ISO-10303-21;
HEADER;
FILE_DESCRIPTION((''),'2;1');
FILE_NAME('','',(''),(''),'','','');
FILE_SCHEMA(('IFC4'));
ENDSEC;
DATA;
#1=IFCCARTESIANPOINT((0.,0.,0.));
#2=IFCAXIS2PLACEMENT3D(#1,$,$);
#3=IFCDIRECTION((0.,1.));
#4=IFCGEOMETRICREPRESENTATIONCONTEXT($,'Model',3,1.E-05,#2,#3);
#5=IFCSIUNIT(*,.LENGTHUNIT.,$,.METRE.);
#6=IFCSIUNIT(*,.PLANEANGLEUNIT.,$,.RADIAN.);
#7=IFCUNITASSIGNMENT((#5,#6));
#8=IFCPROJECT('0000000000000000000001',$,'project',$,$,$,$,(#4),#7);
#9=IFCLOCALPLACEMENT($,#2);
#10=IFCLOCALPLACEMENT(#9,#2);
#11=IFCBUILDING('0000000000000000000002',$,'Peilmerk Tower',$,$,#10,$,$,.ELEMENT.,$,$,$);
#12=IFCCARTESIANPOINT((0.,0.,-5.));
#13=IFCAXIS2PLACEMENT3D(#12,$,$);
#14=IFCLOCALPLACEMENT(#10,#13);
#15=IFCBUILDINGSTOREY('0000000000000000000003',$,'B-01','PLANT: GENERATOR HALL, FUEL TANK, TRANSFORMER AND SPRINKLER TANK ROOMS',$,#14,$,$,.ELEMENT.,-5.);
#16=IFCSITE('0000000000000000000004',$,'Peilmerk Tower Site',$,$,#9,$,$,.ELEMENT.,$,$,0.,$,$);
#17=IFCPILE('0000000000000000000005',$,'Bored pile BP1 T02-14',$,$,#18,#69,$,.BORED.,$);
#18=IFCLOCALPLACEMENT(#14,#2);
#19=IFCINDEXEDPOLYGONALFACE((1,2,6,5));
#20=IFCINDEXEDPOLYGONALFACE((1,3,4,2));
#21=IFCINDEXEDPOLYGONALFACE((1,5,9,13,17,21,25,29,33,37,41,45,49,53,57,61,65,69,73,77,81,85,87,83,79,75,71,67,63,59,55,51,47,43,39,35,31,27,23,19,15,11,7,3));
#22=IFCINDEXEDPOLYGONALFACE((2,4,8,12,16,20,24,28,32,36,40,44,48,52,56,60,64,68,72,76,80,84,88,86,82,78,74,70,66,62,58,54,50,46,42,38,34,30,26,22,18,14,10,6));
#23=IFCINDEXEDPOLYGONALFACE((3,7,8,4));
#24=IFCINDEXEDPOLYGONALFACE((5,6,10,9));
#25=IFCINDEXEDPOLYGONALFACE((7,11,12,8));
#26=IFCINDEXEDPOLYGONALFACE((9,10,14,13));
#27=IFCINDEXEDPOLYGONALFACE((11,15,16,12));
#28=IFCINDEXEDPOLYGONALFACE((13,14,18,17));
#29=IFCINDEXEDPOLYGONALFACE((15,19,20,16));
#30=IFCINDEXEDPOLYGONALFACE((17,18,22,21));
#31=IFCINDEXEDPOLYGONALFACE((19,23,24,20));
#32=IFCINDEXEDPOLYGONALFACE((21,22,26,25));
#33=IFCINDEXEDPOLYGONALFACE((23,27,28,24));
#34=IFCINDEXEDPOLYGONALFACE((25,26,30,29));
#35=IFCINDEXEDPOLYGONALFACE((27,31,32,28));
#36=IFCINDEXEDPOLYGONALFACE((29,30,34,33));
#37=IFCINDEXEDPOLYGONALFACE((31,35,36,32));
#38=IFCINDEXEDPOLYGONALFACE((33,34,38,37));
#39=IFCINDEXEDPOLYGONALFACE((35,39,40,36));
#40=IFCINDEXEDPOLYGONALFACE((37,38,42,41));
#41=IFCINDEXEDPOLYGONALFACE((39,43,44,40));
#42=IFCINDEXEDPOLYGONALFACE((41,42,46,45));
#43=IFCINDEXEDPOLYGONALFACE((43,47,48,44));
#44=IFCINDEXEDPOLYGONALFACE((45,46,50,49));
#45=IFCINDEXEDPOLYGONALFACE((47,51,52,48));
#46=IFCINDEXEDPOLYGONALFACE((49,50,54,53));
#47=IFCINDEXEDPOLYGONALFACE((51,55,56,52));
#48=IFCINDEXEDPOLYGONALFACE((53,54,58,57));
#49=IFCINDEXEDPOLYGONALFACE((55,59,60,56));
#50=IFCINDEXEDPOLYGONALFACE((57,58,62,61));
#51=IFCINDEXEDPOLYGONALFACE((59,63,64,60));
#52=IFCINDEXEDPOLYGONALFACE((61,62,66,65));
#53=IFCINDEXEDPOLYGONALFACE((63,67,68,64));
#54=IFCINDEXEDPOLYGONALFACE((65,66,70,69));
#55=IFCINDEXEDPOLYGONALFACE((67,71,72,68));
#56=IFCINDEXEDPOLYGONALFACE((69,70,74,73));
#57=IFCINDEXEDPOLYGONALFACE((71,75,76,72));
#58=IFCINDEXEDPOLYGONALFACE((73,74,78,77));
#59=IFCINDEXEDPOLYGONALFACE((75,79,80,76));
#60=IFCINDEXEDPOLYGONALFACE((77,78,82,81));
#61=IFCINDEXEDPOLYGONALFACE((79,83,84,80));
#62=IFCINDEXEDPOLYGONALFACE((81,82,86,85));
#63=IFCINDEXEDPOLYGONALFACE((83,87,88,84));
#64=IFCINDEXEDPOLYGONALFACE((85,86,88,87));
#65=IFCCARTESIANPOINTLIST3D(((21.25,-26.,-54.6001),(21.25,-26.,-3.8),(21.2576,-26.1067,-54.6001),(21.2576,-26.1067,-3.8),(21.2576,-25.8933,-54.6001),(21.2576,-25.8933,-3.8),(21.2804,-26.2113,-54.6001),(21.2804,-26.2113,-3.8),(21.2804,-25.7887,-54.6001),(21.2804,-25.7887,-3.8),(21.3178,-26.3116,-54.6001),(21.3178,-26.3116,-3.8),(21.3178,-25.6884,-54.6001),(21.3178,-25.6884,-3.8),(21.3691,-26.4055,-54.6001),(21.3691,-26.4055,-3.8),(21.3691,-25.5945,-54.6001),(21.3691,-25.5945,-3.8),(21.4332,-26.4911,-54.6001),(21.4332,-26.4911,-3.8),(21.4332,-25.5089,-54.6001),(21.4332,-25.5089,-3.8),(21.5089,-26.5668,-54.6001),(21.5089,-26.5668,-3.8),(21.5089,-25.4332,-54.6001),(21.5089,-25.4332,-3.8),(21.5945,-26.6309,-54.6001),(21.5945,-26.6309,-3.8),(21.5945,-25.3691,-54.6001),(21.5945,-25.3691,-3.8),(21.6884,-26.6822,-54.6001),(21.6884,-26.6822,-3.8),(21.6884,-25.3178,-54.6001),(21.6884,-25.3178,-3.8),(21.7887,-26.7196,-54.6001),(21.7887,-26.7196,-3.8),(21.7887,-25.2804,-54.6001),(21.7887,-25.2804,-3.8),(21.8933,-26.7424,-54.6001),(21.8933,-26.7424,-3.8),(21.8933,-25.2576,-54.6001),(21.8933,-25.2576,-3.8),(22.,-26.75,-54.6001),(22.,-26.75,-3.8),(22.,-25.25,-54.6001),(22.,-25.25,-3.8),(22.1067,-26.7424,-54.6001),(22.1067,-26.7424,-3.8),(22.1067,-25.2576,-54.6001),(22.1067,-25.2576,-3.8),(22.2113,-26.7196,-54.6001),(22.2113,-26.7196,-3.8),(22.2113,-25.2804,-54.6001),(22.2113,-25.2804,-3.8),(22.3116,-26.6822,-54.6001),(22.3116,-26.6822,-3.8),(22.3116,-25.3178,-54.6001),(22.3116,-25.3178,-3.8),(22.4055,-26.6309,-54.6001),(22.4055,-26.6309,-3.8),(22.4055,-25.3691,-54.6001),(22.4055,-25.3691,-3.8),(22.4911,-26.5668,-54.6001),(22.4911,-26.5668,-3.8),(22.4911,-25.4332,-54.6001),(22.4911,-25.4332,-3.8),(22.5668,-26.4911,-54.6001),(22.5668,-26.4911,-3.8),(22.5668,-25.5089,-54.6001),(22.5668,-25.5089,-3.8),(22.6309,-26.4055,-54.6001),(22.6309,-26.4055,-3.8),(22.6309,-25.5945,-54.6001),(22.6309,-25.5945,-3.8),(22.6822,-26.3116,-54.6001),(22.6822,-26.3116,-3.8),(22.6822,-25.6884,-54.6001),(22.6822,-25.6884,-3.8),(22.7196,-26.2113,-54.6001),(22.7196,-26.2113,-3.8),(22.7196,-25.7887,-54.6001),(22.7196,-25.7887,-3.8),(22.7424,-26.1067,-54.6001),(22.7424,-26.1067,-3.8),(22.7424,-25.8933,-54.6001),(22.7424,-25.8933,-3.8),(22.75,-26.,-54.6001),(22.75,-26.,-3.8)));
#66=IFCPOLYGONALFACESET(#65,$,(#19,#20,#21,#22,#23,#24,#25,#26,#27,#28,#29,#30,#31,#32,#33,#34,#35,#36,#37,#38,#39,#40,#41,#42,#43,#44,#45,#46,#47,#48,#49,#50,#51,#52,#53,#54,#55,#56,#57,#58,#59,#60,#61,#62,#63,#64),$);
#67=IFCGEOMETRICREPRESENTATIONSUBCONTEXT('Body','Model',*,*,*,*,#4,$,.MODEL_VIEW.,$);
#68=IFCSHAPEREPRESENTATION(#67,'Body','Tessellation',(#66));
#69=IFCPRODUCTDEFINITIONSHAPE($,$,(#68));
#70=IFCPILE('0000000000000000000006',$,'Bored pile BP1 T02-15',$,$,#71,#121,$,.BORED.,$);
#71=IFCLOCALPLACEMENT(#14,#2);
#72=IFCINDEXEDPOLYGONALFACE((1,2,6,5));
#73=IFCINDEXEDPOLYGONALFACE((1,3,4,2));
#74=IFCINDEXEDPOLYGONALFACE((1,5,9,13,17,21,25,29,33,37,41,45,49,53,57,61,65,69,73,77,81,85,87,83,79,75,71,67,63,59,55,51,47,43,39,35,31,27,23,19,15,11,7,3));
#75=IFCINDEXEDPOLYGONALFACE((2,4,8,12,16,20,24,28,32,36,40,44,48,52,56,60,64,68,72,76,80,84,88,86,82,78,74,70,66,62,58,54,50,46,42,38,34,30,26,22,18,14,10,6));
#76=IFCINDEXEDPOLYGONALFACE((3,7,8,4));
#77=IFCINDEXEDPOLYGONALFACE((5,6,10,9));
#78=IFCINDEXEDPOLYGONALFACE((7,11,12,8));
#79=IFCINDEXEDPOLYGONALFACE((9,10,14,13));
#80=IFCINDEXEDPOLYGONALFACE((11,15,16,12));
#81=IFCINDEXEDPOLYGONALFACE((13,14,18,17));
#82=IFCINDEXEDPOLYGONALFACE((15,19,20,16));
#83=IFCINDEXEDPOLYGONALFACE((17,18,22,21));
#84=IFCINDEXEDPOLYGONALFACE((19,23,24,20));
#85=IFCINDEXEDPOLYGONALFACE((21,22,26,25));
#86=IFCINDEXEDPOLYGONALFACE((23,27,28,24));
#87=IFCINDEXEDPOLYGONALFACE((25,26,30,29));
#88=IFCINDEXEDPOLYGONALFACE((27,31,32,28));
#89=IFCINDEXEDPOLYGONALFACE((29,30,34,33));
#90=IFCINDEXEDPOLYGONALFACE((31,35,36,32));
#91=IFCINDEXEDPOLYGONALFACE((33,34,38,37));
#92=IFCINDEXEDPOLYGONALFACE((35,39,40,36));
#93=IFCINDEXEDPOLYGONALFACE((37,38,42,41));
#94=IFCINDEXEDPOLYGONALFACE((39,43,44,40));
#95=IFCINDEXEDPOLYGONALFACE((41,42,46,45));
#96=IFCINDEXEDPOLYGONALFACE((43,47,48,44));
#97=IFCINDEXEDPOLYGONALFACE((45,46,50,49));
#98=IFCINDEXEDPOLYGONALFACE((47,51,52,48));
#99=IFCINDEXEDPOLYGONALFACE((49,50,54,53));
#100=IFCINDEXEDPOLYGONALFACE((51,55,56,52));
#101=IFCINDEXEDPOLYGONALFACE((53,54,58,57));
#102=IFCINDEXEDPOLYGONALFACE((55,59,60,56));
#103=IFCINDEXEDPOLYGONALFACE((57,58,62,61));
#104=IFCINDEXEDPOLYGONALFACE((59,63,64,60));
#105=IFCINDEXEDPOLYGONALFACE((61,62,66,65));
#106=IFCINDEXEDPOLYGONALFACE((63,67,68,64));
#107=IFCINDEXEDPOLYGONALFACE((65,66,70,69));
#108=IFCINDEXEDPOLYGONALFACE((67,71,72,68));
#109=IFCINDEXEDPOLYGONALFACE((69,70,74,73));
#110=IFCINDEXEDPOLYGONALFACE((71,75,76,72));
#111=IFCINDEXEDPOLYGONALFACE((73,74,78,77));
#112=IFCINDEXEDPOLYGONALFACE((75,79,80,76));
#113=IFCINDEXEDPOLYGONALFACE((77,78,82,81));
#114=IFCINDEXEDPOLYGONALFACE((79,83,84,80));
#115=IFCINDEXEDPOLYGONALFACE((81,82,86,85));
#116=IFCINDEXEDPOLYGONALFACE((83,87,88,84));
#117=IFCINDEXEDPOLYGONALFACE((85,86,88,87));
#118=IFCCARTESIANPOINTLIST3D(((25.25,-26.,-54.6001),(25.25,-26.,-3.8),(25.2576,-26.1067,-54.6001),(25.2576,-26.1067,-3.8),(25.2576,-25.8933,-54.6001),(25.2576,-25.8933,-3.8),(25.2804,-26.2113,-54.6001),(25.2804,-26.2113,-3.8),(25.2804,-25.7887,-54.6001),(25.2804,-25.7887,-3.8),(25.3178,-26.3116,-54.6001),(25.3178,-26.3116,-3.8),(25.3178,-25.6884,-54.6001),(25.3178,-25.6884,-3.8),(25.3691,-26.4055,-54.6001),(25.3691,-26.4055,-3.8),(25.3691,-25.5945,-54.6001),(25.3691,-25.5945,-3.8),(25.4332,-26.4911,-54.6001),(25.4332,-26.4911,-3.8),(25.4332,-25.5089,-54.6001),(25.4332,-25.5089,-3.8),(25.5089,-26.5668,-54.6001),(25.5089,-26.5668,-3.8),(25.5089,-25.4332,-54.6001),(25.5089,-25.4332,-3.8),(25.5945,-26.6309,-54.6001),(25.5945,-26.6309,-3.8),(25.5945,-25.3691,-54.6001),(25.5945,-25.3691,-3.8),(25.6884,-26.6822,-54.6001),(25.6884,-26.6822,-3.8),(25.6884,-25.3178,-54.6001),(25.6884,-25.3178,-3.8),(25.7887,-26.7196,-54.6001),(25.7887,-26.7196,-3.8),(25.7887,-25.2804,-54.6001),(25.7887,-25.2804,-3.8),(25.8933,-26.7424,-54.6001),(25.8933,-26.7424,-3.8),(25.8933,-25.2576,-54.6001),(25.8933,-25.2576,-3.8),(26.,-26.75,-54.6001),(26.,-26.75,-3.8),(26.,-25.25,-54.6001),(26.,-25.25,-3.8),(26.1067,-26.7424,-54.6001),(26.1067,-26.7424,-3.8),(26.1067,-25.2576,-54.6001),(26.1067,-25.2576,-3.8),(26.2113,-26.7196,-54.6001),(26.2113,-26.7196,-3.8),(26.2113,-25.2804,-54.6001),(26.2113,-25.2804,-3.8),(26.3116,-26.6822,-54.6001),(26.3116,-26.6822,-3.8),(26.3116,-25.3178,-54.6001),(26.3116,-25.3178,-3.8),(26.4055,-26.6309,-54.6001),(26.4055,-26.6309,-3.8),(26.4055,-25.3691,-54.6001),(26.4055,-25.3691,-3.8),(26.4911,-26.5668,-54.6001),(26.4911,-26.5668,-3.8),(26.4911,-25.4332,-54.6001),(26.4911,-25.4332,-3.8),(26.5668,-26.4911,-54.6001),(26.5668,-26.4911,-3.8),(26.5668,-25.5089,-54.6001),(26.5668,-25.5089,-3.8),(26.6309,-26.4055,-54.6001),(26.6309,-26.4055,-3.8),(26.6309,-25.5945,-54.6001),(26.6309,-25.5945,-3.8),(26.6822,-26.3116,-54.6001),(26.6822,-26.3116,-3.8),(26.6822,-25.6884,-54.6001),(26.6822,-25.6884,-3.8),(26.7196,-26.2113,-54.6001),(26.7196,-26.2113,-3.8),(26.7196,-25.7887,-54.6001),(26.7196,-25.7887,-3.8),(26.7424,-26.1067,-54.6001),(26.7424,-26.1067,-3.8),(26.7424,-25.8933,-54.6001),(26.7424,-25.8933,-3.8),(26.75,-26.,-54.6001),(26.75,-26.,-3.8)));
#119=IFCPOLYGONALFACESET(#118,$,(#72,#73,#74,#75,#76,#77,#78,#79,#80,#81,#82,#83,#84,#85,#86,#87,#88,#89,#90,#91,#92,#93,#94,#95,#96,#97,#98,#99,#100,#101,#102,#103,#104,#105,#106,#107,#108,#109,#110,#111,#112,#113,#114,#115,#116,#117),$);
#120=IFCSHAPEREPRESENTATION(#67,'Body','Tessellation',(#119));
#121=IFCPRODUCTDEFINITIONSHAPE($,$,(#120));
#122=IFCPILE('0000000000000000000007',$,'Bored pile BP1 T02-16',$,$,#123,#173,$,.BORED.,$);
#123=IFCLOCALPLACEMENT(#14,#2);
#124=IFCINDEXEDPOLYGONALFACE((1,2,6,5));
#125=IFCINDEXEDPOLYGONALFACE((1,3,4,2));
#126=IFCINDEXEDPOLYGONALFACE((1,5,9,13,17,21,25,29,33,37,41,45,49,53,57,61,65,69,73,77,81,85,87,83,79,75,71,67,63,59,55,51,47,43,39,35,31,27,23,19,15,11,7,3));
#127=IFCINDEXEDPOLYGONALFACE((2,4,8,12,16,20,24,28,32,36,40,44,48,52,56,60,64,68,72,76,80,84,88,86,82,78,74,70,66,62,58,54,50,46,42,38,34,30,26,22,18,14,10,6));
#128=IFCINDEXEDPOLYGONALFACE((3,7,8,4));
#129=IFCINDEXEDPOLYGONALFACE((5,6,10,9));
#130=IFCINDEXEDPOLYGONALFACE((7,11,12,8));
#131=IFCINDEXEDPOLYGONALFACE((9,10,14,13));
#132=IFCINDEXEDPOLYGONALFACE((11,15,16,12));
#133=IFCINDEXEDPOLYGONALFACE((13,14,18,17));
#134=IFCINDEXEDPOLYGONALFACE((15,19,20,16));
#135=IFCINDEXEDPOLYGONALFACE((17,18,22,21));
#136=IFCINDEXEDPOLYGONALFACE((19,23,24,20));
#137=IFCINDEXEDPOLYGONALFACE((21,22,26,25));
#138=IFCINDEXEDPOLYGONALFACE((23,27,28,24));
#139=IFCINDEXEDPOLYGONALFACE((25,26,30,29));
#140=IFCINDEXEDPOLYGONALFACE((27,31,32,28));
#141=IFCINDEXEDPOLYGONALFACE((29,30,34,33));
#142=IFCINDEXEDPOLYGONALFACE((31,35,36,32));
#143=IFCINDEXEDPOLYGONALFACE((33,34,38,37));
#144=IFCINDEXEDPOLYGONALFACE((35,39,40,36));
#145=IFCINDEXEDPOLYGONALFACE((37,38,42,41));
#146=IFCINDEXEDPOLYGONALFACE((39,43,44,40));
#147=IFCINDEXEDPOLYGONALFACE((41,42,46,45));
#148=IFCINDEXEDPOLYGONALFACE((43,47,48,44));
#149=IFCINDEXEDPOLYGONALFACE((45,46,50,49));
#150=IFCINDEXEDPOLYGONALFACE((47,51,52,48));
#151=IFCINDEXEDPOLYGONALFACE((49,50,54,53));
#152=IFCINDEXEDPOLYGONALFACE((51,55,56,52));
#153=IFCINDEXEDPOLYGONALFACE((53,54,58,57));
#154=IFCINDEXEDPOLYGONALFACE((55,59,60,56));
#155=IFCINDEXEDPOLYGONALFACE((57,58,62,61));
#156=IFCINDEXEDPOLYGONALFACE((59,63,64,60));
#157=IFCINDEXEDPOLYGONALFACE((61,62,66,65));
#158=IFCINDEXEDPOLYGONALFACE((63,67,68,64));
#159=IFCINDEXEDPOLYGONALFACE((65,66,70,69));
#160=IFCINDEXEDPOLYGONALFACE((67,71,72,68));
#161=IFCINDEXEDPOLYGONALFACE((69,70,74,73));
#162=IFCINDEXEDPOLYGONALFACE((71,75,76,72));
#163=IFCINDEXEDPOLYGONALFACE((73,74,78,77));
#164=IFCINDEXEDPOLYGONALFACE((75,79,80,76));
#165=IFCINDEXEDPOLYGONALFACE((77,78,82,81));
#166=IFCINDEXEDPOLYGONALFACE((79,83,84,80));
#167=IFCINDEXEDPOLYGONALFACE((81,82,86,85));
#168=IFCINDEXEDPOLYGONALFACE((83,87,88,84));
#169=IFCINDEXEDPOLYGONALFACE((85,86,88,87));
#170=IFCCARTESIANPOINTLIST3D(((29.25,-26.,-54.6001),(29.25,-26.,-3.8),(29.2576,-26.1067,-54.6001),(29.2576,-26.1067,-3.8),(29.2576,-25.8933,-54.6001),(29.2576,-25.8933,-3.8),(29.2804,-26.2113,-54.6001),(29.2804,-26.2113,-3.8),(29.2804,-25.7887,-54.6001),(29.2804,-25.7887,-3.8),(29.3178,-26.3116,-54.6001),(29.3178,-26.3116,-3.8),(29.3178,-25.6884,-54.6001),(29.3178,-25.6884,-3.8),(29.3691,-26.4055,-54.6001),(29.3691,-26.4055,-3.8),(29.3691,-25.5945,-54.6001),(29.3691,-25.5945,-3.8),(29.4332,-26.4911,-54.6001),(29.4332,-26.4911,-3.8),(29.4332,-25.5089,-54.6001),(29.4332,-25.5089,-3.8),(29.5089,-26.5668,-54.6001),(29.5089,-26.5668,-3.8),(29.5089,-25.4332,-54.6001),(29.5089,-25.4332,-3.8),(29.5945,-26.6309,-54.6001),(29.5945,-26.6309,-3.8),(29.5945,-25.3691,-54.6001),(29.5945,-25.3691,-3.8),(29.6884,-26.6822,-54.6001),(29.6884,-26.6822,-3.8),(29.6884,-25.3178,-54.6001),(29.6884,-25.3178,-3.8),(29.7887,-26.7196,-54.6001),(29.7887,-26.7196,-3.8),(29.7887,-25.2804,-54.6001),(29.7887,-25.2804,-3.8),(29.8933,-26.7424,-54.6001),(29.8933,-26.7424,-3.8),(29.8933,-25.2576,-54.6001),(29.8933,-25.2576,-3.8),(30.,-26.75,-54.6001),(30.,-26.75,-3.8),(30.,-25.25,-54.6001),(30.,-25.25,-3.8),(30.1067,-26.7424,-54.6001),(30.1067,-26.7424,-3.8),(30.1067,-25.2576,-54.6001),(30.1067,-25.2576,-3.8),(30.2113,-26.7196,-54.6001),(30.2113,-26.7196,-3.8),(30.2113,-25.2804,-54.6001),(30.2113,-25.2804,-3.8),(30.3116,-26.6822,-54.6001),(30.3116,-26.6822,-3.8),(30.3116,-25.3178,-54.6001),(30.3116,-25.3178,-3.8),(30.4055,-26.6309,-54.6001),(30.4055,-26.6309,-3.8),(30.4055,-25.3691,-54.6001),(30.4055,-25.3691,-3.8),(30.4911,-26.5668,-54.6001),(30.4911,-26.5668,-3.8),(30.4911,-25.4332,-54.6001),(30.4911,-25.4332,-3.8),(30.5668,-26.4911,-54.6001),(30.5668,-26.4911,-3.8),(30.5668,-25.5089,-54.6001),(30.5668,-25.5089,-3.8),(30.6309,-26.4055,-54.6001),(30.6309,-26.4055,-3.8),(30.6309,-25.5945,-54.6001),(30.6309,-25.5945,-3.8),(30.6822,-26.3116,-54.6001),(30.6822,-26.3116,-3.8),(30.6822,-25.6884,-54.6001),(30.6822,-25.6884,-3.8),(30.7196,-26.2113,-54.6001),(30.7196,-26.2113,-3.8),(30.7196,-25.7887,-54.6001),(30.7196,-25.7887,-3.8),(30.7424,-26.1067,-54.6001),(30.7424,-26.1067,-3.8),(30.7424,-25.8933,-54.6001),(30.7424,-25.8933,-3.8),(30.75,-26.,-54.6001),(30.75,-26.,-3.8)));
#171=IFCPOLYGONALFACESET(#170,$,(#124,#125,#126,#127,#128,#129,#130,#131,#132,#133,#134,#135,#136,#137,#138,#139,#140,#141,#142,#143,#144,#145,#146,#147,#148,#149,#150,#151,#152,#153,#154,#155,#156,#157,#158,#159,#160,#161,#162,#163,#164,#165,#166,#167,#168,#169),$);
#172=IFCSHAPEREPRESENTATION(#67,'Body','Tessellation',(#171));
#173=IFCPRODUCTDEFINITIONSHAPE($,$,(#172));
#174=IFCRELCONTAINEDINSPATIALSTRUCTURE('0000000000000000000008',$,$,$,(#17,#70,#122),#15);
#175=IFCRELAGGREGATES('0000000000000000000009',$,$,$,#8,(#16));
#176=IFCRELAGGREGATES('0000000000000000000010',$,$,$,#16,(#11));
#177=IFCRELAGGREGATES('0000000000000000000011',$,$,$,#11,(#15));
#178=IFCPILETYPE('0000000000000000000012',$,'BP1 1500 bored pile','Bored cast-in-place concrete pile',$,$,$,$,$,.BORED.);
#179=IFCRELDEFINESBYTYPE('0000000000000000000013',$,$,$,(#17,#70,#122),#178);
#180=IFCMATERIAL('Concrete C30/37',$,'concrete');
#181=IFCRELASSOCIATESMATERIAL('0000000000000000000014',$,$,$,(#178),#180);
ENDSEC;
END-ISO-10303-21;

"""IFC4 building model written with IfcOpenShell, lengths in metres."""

from ifc_helpers import new_model, si_unit, direction, frame, origin, origin_2d, place, context, subcontext, project, spatial, circle, extrude, material, material_profile, profile_set, type_object, element, save


model = new_model("IFC4")

# Units and contexts
model_context = context("Model", 3, precision=1e-05, world=origin(), true_north=direction((0.0, 1.0)))
body_context = subcontext(model_context, "Body", "Model", "MODEL_VIEW")
ifc_project = project(units=[si_unit("LENGTHUNIT", "METRE"), si_unit("PLANEANGLEUNIT", "RADIAN")], contexts=[model_context])

# Site, building, storey
site_placement = place(None, origin())
site = spatial("IfcSite", under=ifc_project, at=site_placement, Name="Peilmerk Tower Site", CompositionType="ELEMENT", RefElevation=0.0)
building_placement = place(site_placement, origin())
building = spatial("IfcBuilding", under=site, at=building_placement, Name="Peilmerk Tower", CompositionType="ELEMENT")
storey_placement = place(building_placement, frame((0.0, 0.0, -5.0)))
storey = spatial("IfcBuildingStorey", under=building, at=storey_placement, Name="B-01", Description="PLANT: GENERATOR HALL, FUEL TANK, TRANSFORMER AND SPRINKLER TANK ROOMS", CompositionType="ELEMENT", Elevation=-5.0)

# Piles
ifc_material_1 = material(Name="Concrete C30/37", Category="concrete")
ifc_material_profile_1 = material_profile(ifc_material_1, circle(Radius=0.75, at=origin_2d()), Name="BP 1500")
ifc_profile_set_1 = profile_set([ifc_material_profile_1], Name="Concrete C30/37")
pile_type_1 = type_object("IfcPileType", Name="BP1 1500 bored pile", Description="Bored cast-in-place concrete pile", PredefinedType="BORED", material=ifc_profile_set_1)
for number, where, z_axis, x_axis, name in (
    (1, (22.0, -26.0, -3.8), (0.0, 0.0, -1.0), (1.0, 0.0, 0.0), "Bored pile BP1 T02-14"),
    (2, (26.0, -26.0, -3.8), (0.0, 0.0, -1.0), (1.0, 0.0, 0.0), "Bored pile BP1 T02-15"),
    (3, (30.0, -26.0, -3.8), (0.0, 0.0, -1.0), (1.0, 0.0, 0.0), "Bored pile BP1 T02-16"),
):
    element("IfcPile", number, at=place(storey_placement, frame(where, z_axis=z_axis, x_axis=x_axis)), inside=storey, type_object=pile_type_1, Name=name, PredefinedType="BORED", context=body_context, shape_type="SweptSolid", body=[
        extrude(circle(Radius=0.75, at=origin_2d()), origin(), (0.0, 0.0, 1.0), 50.8),
    ])

save(model, "model.ifc")
